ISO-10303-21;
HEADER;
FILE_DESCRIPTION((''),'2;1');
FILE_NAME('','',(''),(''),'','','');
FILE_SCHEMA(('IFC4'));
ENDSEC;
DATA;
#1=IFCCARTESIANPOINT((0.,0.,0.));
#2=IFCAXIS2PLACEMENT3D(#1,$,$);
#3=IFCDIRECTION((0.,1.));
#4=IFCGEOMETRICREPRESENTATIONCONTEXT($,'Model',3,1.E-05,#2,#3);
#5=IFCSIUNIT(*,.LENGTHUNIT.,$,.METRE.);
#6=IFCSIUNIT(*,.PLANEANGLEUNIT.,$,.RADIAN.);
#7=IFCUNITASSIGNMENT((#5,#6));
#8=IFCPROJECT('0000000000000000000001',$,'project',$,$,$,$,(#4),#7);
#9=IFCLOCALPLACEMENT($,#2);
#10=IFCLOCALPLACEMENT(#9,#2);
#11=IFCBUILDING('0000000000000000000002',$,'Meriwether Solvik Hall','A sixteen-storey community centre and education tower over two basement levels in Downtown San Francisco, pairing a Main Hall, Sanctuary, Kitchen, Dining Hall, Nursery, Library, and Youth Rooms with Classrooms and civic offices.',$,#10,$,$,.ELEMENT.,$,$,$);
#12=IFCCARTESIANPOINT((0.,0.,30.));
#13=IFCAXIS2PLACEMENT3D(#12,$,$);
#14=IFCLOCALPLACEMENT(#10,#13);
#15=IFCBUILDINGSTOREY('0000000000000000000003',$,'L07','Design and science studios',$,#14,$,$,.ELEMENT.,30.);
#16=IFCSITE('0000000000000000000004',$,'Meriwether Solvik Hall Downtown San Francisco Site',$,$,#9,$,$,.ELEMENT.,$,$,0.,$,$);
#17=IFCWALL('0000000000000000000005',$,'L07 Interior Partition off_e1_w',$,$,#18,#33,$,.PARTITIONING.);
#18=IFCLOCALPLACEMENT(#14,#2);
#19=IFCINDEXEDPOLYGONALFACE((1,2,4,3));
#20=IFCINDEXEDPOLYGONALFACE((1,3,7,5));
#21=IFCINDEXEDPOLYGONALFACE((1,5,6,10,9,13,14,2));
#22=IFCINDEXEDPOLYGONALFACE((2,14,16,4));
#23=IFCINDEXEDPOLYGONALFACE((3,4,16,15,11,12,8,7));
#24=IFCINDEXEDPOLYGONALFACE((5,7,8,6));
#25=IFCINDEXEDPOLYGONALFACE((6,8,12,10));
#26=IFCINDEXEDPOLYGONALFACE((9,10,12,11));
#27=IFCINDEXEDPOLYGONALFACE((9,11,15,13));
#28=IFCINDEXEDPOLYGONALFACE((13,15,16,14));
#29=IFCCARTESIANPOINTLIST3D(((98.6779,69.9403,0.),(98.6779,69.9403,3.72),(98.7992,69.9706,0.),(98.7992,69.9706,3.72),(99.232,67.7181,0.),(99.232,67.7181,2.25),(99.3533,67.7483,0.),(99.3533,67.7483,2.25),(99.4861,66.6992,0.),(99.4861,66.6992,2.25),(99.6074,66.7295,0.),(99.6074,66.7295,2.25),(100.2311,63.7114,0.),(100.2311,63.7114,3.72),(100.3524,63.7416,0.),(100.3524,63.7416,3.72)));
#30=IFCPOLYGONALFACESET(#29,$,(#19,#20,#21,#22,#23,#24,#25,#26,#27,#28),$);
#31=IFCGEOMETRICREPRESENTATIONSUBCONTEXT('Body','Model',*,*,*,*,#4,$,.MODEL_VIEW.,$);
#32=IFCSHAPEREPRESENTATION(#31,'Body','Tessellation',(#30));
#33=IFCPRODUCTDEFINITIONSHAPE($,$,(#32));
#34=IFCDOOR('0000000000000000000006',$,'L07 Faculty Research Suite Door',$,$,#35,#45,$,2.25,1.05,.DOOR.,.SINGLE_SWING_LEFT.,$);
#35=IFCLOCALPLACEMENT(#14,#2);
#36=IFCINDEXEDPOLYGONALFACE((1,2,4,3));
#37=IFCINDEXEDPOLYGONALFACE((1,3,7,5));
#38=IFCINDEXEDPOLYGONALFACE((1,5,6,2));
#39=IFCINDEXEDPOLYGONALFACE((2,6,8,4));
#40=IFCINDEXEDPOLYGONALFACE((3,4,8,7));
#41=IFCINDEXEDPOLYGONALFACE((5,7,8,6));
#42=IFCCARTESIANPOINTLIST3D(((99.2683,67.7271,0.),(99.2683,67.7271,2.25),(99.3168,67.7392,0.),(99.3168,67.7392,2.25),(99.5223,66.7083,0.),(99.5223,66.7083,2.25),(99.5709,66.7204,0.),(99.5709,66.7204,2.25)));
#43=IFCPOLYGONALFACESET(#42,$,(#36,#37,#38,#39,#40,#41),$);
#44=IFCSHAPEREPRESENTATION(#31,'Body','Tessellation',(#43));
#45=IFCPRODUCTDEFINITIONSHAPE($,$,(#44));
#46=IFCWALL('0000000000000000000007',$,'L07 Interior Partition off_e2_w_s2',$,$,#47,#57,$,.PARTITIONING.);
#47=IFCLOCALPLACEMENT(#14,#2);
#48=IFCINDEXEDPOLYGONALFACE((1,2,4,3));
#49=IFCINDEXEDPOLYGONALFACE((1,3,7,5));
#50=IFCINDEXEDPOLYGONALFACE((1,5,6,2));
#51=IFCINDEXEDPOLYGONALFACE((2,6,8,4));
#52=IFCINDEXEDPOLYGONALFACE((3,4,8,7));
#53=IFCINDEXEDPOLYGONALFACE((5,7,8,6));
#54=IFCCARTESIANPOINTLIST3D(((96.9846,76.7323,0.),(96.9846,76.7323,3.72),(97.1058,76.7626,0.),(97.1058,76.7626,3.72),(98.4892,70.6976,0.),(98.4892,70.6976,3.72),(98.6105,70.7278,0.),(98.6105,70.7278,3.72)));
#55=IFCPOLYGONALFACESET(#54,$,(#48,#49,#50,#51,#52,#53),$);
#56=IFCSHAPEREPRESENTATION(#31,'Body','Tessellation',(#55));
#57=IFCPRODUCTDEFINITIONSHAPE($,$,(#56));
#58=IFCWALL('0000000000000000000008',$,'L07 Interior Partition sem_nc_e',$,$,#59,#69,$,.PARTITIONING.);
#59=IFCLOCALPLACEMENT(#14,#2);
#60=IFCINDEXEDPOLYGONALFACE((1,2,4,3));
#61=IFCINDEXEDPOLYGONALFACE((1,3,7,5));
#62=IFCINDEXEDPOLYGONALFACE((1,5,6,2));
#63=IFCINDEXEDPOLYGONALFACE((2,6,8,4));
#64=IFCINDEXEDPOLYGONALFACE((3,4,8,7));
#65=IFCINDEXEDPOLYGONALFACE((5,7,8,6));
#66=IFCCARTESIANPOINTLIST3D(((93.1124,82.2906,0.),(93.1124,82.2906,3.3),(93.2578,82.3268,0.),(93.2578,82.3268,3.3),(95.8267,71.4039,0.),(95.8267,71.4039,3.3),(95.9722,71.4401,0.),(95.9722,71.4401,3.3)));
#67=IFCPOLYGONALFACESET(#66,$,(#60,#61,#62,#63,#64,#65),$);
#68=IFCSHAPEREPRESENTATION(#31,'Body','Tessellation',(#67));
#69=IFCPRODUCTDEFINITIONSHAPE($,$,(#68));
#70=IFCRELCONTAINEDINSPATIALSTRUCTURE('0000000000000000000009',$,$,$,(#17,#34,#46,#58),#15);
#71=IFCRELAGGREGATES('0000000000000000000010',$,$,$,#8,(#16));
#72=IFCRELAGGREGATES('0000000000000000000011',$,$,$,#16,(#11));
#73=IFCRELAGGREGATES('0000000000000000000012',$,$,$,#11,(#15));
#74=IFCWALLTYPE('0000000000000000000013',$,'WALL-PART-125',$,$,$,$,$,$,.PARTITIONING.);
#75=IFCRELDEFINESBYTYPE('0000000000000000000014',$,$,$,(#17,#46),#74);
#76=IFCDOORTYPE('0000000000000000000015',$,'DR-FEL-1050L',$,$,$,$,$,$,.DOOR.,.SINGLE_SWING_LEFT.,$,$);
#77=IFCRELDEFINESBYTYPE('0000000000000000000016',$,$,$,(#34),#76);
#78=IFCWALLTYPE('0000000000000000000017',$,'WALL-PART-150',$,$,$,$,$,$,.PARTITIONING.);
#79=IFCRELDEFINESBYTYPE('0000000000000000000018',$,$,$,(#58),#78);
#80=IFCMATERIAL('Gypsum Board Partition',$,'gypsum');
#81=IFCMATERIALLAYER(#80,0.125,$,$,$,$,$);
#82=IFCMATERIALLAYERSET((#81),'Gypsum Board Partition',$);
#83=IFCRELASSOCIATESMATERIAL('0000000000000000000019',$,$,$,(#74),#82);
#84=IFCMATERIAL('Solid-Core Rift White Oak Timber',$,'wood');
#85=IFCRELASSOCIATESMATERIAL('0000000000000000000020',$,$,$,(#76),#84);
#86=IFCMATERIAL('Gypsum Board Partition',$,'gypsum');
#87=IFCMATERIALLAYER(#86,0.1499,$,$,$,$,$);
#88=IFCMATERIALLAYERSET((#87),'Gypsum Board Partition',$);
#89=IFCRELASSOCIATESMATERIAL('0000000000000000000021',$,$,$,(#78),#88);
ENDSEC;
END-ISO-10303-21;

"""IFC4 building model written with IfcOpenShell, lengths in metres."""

from ifc_helpers import new_model, si_unit, direction, frame, frame_2d, origin, place, context, subcontext, project, spatial, rectangle, extrude, material, layer, layer_set, type_object, element, fill, save


model = new_model("IFC4")

# Units and contexts
model_context = context("Model", 3, precision=1e-05, world=origin(), true_north=direction((0.0, 1.0)))
body_context = subcontext(model_context, "Body", "Model", "MODEL_VIEW")
ifc_project = project(units=[si_unit("LENGTHUNIT", "METRE"), si_unit("PLANEANGLEUNIT", "RADIAN")], contexts=[model_context])

# Site, building, storey
site_placement = place(None, origin())
site = spatial("IfcSite", under=ifc_project, at=site_placement, Name="Meriwether Solvik Hall Downtown San Francisco Site", CompositionType="ELEMENT", RefElevation=0.0)
building_placement = place(site_placement, origin())
building = spatial("IfcBuilding", under=site, at=building_placement, Name="Meriwether Solvik Hall", Description="A sixteen-storey community centre and education tower over two basement levels in Downtown San Francisco, pairing a Main Hall, Sanctuary, Kitchen, Dining Hall, Nursery, Library, and Youth Rooms with Classrooms and civic offices.", CompositionType="ELEMENT")
storey_placement = place(building_placement, frame((0.0, 0.0, 30.0)))
storey = spatial("IfcBuildingStorey", under=building, at=storey_placement, Name="L07", Description="Design and science studios", CompositionType="ELEMENT", Elevation=30.0)

# Wall, opening, door
ifc_material_1 = material(Name="Gypsum Board Partition", Category="gypsum")
ifc_layer_1 = layer(ifc_material_1, 0.125)
ifc_layer_set_1 = layer_set([ifc_layer_1], Name="Gypsum Board Partition")
wall_type_1 = type_object("IfcWallType", Name="WALL-PART-125", PredefinedType="PARTITIONING", material=ifc_layer_set_1)
wall_1_placement = place(storey_placement, frame((98.7385, 69.9556, 0.0), z_axis=(0.0, 0.0, 1.0), x_axis=(0.241945, -0.97029, 0.0)))
wall_1 = element("IfcWall", 1, at=wall_1_placement, inside=storey, type_object=wall_type_1, Name="L07 Interior Partition off_e1_w", PredefinedType="PARTITIONING", context=body_context, shape_type="SweptSolid", body=[
    extrude(rectangle(XDim=6.4197, YDim=0.125, at=frame_2d((3.21, 0.0))), origin(), (0.0, 0.0, 1.0), 3.72),
])
opening_placement = place(wall_1_placement, frame((2.2905, 0.0, 0.0)))
opening = element("IfcOpeningElement", 2, at=opening_placement, cuts=wall_1, PredefinedType="OPENING", context=body_context, shape_type="SweptSolid", body=[
    extrude(rectangle(XDim=1.05, YDim=2.25, at=frame_2d((0.5249, 1.125))), frame((0.0, 0.0745, 0.0), z_axis=(0.0, -1.0, 0.0), x_axis=(1.0, 0.0, 0.0)), (0.0, 0.0, 1.0), 0.1489),
])
ifc_material_2 = material(Name="Solid-Core Rift White Oak Timber", Category="wood")
door_type = type_object("IfcDoorType", Name="DR-FEL-1050L", OperationType="SINGLE_SWING_LEFT", PredefinedType="DOOR", material=ifc_material_2)
door_placement = place(opening_placement, origin())
door = element("IfcDoor", 3, at=door_placement, inside=storey, type_object=door_type, Name="L07 Faculty Research Suite Door", OperationType="SINGLE_SWING_LEFT", OverallHeight=2.25, OverallWidth=1.05, PredefinedType="DOOR", context=body_context, shape_type="SweptSolid", body=[
    extrude(rectangle(XDim=1.05, YDim=2.25, at=frame_2d((0.5249, 1.125))), frame((0.0, 0.0249, 0.0), z_axis=(0.0, -1.0, 0.0), x_axis=(1.0, 0.0, 0.0)), (0.0, 0.0, 1.0), 0.05),
])
fill(opening, door)

# Walls
wall_2_placement = place(storey_placement, frame((97.0452, 76.7476, 0.0), z_axis=(0.0, 0.0, 1.0), x_axis=(0.241926, -0.970295, 0.0)))
element("IfcWall", 4, at=wall_2_placement, inside=storey, type_object=wall_type_1, Name="L07 Interior Partition off_e2_w_s2", PredefinedType="PARTITIONING", context=body_context, shape_type="SweptSolid", body=[
    extrude(rectangle(XDim=6.2195, YDim=0.125, at=frame_2d((3.1099, 0.0))), origin(), (0.0, 0.0, 1.0), 3.72),
])
ifc_material_3 = material(Name="Gypsum Board Partition", Category="gypsum")
ifc_layer_2 = layer(ifc_material_3, 0.1499)
ifc_layer_set_2 = layer_set([ifc_layer_2], Name="Gypsum Board Partition")
wall_type_2 = type_object("IfcWallType", Name="WALL-PART-150", PredefinedType="PARTITIONING", material=ifc_layer_set_2)
wall_3_placement = place(storey_placement, frame((95.8994, 71.4221, 0.0), z_axis=(0.0, 0.0, 1.0), x_axis=(-0.241921, 0.970296, 0.0)))
element("IfcWall", 5, at=wall_3_placement, inside=storey, type_object=wall_type_2, Name="L07 Interior Partition sem_nc_e", PredefinedType="PARTITIONING", context=body_context, shape_type="SweptSolid", body=[
    extrude(rectangle(XDim=11.22, YDim=0.1499, at=frame_2d((5.6099, 0.0))), origin(), (0.0, 0.0, 1.0), 3.3),
])

save(model, "model.ifc")
